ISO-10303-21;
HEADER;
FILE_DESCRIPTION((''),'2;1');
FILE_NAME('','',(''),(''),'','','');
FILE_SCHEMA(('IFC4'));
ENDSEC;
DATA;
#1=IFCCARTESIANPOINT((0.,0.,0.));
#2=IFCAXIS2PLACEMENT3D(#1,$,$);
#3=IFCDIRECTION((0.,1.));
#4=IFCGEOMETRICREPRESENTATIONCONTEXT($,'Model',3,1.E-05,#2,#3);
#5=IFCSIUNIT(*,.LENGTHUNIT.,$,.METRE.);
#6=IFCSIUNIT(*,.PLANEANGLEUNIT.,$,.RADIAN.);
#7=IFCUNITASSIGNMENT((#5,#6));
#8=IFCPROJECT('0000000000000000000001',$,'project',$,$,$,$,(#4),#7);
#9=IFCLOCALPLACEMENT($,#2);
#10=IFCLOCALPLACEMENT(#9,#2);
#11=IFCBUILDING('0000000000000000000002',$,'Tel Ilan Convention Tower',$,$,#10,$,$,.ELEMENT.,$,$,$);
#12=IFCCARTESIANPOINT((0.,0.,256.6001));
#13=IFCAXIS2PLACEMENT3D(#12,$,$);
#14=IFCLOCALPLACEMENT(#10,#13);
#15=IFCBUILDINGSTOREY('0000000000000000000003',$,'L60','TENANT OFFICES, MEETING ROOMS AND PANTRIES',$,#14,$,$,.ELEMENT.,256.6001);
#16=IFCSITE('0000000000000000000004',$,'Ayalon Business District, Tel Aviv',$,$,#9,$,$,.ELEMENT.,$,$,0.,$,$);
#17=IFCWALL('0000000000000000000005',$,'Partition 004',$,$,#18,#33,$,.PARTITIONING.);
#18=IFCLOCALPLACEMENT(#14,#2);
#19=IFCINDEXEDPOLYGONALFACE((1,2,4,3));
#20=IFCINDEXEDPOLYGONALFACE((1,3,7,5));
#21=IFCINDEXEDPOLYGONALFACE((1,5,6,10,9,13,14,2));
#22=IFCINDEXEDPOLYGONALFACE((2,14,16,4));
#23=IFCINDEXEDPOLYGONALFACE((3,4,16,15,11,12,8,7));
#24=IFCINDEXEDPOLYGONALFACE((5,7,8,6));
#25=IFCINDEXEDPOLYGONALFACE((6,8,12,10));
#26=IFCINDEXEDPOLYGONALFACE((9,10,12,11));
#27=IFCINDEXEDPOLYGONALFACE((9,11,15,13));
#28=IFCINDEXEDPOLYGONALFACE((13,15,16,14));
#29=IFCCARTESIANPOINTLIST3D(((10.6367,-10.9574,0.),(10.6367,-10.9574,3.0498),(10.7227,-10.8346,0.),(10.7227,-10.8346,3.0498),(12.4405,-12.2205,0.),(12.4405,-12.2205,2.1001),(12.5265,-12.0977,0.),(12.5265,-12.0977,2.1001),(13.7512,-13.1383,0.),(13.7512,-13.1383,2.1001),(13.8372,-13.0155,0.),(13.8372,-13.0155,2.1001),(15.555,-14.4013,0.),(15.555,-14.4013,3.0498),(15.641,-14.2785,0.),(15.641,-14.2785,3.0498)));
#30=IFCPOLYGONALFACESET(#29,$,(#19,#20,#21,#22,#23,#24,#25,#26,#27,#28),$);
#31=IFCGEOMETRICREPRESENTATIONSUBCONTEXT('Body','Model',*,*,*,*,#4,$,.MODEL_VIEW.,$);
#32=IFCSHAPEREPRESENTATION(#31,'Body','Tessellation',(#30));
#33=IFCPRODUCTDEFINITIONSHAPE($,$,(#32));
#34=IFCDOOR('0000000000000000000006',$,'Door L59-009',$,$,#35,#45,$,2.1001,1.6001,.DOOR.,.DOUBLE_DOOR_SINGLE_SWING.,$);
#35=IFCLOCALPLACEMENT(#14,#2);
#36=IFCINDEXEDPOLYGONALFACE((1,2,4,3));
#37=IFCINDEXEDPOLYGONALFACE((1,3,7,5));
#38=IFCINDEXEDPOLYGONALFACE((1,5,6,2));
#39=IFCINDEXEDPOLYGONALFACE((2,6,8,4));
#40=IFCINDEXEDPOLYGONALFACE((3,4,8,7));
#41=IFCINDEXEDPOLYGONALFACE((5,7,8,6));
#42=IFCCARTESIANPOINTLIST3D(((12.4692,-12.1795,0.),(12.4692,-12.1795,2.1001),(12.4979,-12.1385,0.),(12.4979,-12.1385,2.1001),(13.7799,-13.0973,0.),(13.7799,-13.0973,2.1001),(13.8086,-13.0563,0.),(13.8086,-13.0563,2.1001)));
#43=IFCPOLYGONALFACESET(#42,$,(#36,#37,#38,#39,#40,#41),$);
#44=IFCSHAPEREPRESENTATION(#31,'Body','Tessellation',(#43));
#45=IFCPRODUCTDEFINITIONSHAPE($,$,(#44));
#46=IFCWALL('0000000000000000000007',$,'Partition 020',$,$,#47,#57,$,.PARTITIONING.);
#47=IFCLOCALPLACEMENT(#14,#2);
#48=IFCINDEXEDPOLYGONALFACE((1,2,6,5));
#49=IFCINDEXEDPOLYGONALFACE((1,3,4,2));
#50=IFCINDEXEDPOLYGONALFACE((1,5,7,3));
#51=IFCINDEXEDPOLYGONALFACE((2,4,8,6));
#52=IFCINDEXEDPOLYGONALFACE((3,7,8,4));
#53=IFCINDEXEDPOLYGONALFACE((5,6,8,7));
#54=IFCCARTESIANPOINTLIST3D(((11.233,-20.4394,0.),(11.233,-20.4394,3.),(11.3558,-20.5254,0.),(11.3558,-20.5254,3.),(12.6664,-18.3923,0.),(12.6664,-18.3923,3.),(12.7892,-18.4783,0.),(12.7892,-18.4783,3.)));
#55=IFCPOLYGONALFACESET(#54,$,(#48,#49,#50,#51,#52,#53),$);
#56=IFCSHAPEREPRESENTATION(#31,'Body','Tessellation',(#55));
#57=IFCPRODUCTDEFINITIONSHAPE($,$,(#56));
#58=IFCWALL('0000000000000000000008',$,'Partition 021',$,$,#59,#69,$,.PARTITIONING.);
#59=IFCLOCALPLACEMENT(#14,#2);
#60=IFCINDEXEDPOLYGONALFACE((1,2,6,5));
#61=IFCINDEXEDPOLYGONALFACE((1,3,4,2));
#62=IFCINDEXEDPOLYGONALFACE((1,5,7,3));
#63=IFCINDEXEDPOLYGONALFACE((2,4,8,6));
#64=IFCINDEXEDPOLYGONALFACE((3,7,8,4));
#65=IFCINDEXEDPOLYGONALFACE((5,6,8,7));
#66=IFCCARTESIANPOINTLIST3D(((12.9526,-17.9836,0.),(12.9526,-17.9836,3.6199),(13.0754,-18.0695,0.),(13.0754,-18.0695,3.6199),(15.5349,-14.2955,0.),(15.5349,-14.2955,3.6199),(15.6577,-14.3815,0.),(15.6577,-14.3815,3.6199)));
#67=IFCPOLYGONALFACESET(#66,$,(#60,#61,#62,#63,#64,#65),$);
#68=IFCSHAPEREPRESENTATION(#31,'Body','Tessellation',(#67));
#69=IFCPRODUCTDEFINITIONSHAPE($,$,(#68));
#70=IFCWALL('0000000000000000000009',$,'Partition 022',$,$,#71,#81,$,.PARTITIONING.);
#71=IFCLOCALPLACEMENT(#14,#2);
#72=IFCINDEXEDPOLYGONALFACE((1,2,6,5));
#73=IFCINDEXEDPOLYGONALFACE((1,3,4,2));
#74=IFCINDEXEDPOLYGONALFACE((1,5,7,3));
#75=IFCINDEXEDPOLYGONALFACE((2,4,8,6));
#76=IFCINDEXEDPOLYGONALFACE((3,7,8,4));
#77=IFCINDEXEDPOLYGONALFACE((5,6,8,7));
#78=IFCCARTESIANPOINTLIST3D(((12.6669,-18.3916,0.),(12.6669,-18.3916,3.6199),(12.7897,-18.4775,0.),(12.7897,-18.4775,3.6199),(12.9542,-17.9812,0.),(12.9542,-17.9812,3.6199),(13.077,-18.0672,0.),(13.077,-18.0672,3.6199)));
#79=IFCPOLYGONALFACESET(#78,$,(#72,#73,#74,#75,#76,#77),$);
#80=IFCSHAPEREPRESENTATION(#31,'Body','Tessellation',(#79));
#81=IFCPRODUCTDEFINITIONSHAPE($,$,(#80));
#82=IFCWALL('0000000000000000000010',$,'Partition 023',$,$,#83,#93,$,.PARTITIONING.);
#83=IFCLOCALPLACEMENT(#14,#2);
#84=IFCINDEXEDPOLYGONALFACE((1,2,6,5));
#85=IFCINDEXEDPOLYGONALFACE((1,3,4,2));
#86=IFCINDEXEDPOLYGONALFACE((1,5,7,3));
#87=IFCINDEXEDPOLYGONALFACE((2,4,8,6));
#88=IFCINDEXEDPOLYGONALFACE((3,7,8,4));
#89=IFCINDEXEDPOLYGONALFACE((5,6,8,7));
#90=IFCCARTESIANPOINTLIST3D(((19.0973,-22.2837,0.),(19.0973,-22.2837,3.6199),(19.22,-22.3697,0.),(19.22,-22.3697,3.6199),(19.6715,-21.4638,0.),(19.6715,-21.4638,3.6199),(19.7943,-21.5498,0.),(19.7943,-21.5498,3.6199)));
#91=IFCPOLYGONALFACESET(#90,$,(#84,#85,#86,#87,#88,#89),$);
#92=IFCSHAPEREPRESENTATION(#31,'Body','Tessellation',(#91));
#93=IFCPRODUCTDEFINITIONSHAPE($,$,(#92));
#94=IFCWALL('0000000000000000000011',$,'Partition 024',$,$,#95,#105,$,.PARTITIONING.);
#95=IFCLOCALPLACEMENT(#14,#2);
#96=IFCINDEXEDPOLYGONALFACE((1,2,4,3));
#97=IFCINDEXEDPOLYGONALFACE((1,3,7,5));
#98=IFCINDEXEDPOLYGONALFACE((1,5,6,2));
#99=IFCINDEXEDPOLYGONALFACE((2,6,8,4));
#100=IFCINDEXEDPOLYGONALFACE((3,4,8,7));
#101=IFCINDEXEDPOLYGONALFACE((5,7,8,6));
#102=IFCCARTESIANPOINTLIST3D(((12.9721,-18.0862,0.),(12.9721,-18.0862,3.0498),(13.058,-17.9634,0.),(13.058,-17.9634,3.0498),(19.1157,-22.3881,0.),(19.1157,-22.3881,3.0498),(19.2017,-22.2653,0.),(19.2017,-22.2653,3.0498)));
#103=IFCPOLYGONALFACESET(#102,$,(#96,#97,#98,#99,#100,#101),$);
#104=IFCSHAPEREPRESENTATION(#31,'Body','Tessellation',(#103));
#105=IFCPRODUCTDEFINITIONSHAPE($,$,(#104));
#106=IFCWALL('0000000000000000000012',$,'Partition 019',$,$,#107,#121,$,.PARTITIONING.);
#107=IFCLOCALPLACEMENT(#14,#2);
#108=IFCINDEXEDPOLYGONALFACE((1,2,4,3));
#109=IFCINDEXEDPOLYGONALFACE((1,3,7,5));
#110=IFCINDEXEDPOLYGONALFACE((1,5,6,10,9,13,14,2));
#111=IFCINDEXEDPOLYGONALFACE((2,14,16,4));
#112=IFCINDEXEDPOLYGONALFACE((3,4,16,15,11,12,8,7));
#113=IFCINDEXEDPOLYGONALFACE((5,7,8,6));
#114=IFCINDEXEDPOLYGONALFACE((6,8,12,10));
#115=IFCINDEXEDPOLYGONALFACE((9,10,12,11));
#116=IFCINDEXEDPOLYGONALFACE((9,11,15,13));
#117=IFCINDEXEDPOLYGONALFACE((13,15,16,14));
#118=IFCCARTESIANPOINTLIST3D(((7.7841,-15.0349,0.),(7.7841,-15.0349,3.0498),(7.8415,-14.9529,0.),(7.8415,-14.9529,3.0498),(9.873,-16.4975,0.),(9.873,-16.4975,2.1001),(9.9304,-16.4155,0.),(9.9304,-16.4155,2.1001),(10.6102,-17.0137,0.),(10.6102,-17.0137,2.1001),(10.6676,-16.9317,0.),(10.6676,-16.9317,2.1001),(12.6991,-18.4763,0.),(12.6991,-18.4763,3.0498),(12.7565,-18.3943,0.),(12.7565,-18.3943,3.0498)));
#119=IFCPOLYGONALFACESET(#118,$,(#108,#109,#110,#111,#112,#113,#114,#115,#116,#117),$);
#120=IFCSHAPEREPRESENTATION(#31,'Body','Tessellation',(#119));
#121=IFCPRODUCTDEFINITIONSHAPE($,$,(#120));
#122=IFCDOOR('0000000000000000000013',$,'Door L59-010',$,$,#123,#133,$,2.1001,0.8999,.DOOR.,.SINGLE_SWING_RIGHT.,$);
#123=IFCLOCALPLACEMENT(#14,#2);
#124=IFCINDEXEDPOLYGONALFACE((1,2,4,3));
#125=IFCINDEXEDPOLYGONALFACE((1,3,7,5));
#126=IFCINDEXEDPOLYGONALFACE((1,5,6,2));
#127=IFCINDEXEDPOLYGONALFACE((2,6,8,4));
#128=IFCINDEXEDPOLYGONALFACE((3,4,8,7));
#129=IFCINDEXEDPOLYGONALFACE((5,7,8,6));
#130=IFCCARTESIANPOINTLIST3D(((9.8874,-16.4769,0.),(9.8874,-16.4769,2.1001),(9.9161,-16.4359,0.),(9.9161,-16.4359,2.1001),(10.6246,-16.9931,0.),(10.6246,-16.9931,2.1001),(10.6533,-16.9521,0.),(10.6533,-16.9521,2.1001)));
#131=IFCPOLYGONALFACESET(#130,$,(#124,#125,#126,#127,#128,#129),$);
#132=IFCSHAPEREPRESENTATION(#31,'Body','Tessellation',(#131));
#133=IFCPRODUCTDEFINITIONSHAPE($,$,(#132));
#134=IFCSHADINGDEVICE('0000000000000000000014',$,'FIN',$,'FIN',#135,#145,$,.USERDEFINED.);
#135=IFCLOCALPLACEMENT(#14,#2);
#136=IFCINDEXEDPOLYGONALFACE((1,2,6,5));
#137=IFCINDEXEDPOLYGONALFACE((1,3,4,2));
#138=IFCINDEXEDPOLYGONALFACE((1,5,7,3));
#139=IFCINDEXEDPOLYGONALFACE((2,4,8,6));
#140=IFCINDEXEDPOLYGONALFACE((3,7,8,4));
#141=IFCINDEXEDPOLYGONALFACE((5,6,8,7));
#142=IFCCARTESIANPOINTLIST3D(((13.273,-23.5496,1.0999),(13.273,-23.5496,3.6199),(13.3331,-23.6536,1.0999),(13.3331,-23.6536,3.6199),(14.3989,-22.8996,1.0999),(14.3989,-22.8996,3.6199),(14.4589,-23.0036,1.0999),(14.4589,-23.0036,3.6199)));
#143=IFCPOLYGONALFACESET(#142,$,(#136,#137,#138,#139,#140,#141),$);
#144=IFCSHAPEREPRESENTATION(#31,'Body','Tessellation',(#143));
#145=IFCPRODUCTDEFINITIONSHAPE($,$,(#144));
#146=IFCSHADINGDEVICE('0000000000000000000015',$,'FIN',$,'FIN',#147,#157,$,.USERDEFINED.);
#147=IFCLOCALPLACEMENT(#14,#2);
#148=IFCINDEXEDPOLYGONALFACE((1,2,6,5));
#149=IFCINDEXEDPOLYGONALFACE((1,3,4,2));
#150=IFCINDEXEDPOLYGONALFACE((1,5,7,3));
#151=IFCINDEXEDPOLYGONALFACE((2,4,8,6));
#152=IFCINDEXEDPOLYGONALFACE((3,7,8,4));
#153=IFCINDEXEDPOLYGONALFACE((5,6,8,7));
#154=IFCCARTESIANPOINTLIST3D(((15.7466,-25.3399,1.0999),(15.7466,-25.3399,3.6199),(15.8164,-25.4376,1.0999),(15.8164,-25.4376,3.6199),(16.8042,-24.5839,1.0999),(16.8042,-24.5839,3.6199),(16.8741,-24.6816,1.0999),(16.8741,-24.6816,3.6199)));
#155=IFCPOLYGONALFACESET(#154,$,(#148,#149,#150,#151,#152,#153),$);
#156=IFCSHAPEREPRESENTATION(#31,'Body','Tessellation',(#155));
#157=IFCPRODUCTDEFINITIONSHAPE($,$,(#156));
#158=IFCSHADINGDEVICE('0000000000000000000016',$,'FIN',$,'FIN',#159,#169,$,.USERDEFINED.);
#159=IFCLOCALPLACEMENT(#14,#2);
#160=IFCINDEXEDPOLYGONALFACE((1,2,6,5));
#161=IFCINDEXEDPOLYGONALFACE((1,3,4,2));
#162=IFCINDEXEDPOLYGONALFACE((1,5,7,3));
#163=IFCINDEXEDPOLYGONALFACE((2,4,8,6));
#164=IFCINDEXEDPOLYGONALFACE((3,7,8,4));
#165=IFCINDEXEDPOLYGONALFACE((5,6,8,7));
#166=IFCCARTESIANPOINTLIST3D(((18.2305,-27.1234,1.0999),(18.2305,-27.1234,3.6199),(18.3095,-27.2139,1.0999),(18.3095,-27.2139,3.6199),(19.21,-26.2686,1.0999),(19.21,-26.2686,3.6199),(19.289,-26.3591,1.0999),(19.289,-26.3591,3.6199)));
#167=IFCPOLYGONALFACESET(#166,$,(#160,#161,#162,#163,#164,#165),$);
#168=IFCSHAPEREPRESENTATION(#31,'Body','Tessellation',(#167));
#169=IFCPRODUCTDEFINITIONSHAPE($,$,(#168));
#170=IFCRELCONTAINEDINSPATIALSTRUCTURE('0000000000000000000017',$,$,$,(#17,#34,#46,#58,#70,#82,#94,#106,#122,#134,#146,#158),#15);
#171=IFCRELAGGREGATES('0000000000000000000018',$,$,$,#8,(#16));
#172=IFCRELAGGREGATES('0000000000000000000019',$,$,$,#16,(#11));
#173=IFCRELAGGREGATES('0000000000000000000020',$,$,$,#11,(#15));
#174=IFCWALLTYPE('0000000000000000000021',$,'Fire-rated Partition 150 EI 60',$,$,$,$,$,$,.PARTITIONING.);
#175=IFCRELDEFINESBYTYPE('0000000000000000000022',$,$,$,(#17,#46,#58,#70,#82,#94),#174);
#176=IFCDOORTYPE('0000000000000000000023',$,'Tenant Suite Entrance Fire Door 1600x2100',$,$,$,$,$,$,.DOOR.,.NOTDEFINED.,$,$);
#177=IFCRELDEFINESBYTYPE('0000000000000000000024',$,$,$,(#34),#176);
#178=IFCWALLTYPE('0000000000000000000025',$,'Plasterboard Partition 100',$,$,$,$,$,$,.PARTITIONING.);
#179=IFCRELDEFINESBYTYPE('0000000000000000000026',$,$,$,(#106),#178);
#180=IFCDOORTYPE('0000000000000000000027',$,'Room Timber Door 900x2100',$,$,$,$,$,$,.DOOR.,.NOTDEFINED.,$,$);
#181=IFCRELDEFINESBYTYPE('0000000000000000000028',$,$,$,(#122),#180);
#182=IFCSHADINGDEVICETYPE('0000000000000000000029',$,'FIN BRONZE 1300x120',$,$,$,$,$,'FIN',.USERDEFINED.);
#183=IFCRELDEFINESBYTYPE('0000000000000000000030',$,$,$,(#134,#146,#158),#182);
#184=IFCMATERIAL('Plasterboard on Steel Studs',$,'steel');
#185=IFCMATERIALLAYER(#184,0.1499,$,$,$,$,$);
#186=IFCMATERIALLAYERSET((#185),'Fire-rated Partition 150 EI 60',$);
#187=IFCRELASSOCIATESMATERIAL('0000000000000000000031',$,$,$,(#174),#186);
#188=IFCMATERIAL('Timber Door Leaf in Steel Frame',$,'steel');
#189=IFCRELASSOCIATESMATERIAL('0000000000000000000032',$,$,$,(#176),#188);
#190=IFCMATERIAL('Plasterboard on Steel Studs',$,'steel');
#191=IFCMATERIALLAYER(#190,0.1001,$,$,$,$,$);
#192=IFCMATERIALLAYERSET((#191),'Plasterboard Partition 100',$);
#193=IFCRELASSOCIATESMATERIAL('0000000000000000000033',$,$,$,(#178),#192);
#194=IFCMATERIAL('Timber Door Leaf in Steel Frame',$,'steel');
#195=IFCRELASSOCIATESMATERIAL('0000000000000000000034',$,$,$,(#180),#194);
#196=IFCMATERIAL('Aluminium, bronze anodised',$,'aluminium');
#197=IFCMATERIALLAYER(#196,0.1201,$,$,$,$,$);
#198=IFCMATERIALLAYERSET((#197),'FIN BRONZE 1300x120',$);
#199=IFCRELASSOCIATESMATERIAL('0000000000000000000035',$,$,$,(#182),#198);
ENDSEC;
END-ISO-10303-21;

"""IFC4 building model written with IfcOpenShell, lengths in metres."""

from ifc_helpers import new_model, si_unit, direction, frame, frame_2d, origin, origin_2d, place, context, subcontext, project, spatial, rectangle, extrude, material, layer, layer_set, type_object, element, fill, save


model = new_model("IFC4")

# Units and contexts
model_context = context("Model", 3, precision=1e-05, world=origin(), true_north=direction((0.0, 1.0)))
body_context = subcontext(model_context, "Body", "Model", "MODEL_VIEW")
ifc_project = project(units=[si_unit("LENGTHUNIT", "METRE"), si_unit("PLANEANGLEUNIT", "RADIAN")], contexts=[model_context])

# Site, building, storey
site_placement = place(None, origin())
site = spatial("IfcSite", under=ifc_project, at=site_placement, Name="Ayalon Business District, Tel Aviv", CompositionType="ELEMENT", RefElevation=0.0)
building_placement = place(site_placement, origin())
building = spatial("IfcBuilding", under=site, at=building_placement, Name="Tel Ilan Convention Tower", CompositionType="ELEMENT")
storey_placement = place(building_placement, frame((0.0, 0.0, 256.6001)))
storey = spatial("IfcBuildingStorey", under=building, at=storey_placement, Name="L60", Description="TENANT OFFICES, MEETING ROOMS AND PANTRIES", CompositionType="ELEMENT", Elevation=256.6001)

# Wall, opening, door
ifc_material_1 = material(Name="Plasterboard on Steel Studs", Category="steel")
ifc_layer_1 = layer(ifc_material_1, 0.1499)
ifc_layer_set_1 = layer_set([ifc_layer_1], Name="Fire-rated Partition 150 EI 60")
wall_type_1 = type_object("IfcWallType", Name="Fire-rated Partition 150 EI 60", PredefinedType="PARTITIONING", material=ifc_layer_set_1)
wall_1_placement = place(storey_placement, frame((15.5979, -14.3398, 0.0), z_axis=(0.0, 0.0, 1.0), x_axis=(-0.819146, 0.573585, 0.0)))
wall_1 = element("IfcWall", 1, at=wall_1_placement, inside=storey, type_object=wall_type_1, Name="Partition 004", PredefinedType="PARTITIONING", context=body_context, shape_type="SweptSolid", body=[
    extrude(rectangle(XDim=6.0042, YDim=0.1499, at=frame_2d((3.002, 0.0))), origin(), (0.0, 0.0, 1.0), 3.0498),
])
opening_1_placement = place(wall_1_placement, frame((2.2019, 0.0, 0.0)))
opening_1 = element("IfcOpeningElement", 2, at=opening_1_placement, cuts=wall_1, PredefinedType="OPENING", context=body_context, shape_type="SweptSolid", body=[
    extrude(rectangle(XDim=1.6001, YDim=2.1001, at=frame_2d((0.8, 1.05))), frame((0.0, 0.085, 0.0), z_axis=(0.0, -1.0, 0.0), x_axis=(1.0, 0.0, 0.0)), (0.0, 0.0, 1.0), 0.1699),
])
ifc_material_2 = material(Name="Timber Door Leaf in Steel Frame", Category="steel")
door_type_1 = type_object("IfcDoorType", Name="Tenant Suite Entrance Fire Door 1600x2100", OperationType="NOTDEFINED", PredefinedType="DOOR", material=ifc_material_2)
door_1_placement = place(opening_1_placement, origin())
door_1 = element("IfcDoor", 3, at=door_1_placement, inside=storey, type_object=door_type_1, Name="Door L59-009", OperationType="DOUBLE_DOOR_SINGLE_SWING", OverallHeight=2.1001, OverallWidth=1.6001, PredefinedType="DOOR", context=body_context, shape_type="SweptSolid", body=[
    extrude(rectangle(XDim=1.6001, YDim=2.1001, at=frame_2d((0.8, 1.05))), frame((0.0, 0.0249, 0.0), z_axis=(0.0, -1.0, 0.0), x_axis=(1.0, 0.0, 0.0)), (0.0, 0.0, 1.0), 0.05),
])
fill(opening_1, door_1)

# Walls
wall_2_placement = place(storey_placement, frame((12.7278, -18.4353, 0.0), z_axis=(0.0, 0.0, 1.0), x_axis=(-0.573561, -0.819163, 0.0)))
element("IfcWall", 4, at=wall_2_placement, inside=storey, type_object=wall_type_1, Name="Partition 020", PredefinedType="PARTITIONING", context=body_context, shape_type="SweptSolid", body=[
    extrude(rectangle(XDim=2.499, YDim=0.1499, at=frame_2d((1.2495, 0.0))), origin(), (0.0, 0.0, 1.0), 3.0),
])
wall_3_placement = place(storey_placement, frame((15.5962, -14.3386, 0.0), z_axis=(0.0, 0.0, 1.0), x_axis=(-0.573564, -0.819161, 0.0)))
element("IfcWall", 5, at=wall_3_placement, inside=storey, type_object=wall_type_1, Name="Partition 021", PredefinedType="PARTITIONING", context=body_context, shape_type="SweptSolid", body=[
    extrude(rectangle(XDim=4.5022, YDim=0.1499, at=frame_2d((2.251, 0.0))), origin(), (0.0, 0.0, 1.0), 3.6199),
])
wall_4_placement = place(storey_placement, frame((13.0156, -18.0242, 0.0), z_axis=(0.0, 0.0, 1.0), x_axis=(-0.57356, -0.819163, 0.0)))
element("IfcWall", 6, at=wall_4_placement, inside=storey, type_object=wall_type_1, Name="Partition 022", PredefinedType="PARTITIONING", context=body_context, shape_type="SweptSolid", body=[
    extrude(rectangle(XDim=0.501, YDim=0.1499, at=frame_2d((0.2505, 0.0))), origin(), (0.0, 0.0, 1.0), 3.6199),
])
wall_5_placement = place(storey_placement, frame((19.7329, -21.5068, 0.0), z_axis=(0.0, 0.0, 1.0), x_axis=(-0.573692, -0.819071, 0.0)))
element("IfcWall", 7, at=wall_5_placement, inside=storey, type_object=wall_type_1, Name="Partition 023", PredefinedType="PARTITIONING", context=body_context, shape_type="SweptSolid", body=[
    extrude(rectangle(XDim=1.001, YDim=0.1499, at=frame_2d((0.5005, 0.0))), origin(), (0.0, 0.0, 1.0), 3.6199),
])
wall_6_placement = place(storey_placement, frame((19.1587, -22.3267, 0.0), z_axis=(0.0, 0.0, 1.0), x_axis=(-0.819152, 0.573576, 0.0)))
element("IfcWall", 8, at=wall_6_placement, inside=storey, type_object=wall_type_1, Name="Partition 024", PredefinedType="PARTITIONING", context=body_context, shape_type="SweptSolid", body=[
    extrude(rectangle(XDim=7.5, YDim=0.1499, at=frame_2d((3.75, 0.0))), origin(), (0.0, 0.0, 1.0), 3.0498),
])

# Wall, opening, door
ifc_material_3 = material(Name="Plasterboard on Steel Studs", Category="steel")
ifc_layer_2 = layer(ifc_material_3, 0.1001)
ifc_layer_set_2 = layer_set([ifc_layer_2], Name="Plasterboard Partition 100")
wall_type_2 = type_object("IfcWallType", Name="Plasterboard Partition 100", PredefinedType="PARTITIONING", material=ifc_layer_set_2)
wall_7_placement = place(storey_placement, frame((12.7278, -18.4353, 0.0), z_axis=(0.0, 0.0, 1.0), x_axis=(-0.819163, 0.573561, 0.0)))
wall_7 = element("IfcWall", 9, at=wall_7_placement, inside=storey, type_object=wall_type_2, Name="Partition 019", PredefinedType="PARTITIONING", context=body_context, shape_type="SweptSolid", body=[
    extrude(rectangle(XDim=6.0, YDim=0.1001, at=frame_2d((3.0, 0.0))), origin(), (0.0, 0.0, 1.0), 3.0498),
])
opening_2_placement = place(wall_7_placement, frame((2.55, 0.0, 0.0)))
opening_2 = element("IfcOpeningElement", 10, at=opening_2_placement, cuts=wall_7, PredefinedType="OPENING", context=body_context, shape_type="SweptSolid", body=[
    extrude(rectangle(XDim=0.8999, YDim=2.1001, at=frame_2d((0.45, 1.05))), frame((0.0, 0.0601, 0.0), z_axis=(0.0, -1.0, 0.0), x_axis=(1.0, 0.0, 0.0)), (0.0, 0.0, 1.0), 0.1201),
])
ifc_material_4 = material(Name="Timber Door Leaf in Steel Frame", Category="steel")
door_type_2 = type_object("IfcDoorType", Name="Room Timber Door 900x2100", OperationType="NOTDEFINED", PredefinedType="DOOR", material=ifc_material_4)
door_2_placement = place(opening_2_placement, origin())
door_2 = element("IfcDoor", 11, at=door_2_placement, inside=storey, type_object=door_type_2, Name="Door L59-010", OperationType="SINGLE_SWING_RIGHT", OverallHeight=2.1001, OverallWidth=0.8999, PredefinedType="DOOR", context=body_context, shape_type="SweptSolid", body=[
    extrude(rectangle(XDim=0.8999, YDim=2.1001, at=frame_2d((0.45, 1.05))), frame((0.0, 0.0249, 0.0), z_axis=(0.0, -1.0, 0.0), x_axis=(1.0, 0.0, 0.0)), (0.0, 0.0, 1.0), 0.05),
])
fill(opening_2, door_2)

# Shading devices
ifc_material_5 = material(Name="Aluminium, bronze anodised", Category="aluminium")
ifc_layer_3 = layer(ifc_material_5, 0.1201)
ifc_layer_set_3 = layer_set([ifc_layer_3], Name="FIN BRONZE 1300x120")
shading_device_type = type_object("IfcShadingDeviceType", Name="FIN BRONZE 1300x120", ElementType="FIN", PredefinedType="USERDEFINED", material=ifc_layer_set_3)
for number, where, z_axis, x_axis, name in (
    (12, (13.866, -23.2766, 1.0999), (0.0, 0.0, 1.0), (-0.866025, -0.5, 0.0), "FIN"),
    (13, (16.3103, -25.0107, 1.0999), (0.0, 0.0, 1.0), (-0.813552, -0.581492, 0.0), "FIN"),
    (14, (18.7598, -26.7412, 1.0999), (0.0, 0.0, 1.0), (-0.753436, -0.657521, 0.0), "FIN"),
):
    element("IfcShadingDevice", number, at=place(storey_placement, frame(where, z_axis=z_axis, x_axis=x_axis)), inside=storey, type_object=shading_device_type, Name=name, ObjectType="FIN", PredefinedType="USERDEFINED", context=body_context, shape_type="SweptSolid", body=[
        extrude(rectangle(XDim=1.3, YDim=0.1201, at=origin_2d()), origin(), (0.0, 0.0, 1.0), 2.52),
    ])

save(model, "model.ifc")
